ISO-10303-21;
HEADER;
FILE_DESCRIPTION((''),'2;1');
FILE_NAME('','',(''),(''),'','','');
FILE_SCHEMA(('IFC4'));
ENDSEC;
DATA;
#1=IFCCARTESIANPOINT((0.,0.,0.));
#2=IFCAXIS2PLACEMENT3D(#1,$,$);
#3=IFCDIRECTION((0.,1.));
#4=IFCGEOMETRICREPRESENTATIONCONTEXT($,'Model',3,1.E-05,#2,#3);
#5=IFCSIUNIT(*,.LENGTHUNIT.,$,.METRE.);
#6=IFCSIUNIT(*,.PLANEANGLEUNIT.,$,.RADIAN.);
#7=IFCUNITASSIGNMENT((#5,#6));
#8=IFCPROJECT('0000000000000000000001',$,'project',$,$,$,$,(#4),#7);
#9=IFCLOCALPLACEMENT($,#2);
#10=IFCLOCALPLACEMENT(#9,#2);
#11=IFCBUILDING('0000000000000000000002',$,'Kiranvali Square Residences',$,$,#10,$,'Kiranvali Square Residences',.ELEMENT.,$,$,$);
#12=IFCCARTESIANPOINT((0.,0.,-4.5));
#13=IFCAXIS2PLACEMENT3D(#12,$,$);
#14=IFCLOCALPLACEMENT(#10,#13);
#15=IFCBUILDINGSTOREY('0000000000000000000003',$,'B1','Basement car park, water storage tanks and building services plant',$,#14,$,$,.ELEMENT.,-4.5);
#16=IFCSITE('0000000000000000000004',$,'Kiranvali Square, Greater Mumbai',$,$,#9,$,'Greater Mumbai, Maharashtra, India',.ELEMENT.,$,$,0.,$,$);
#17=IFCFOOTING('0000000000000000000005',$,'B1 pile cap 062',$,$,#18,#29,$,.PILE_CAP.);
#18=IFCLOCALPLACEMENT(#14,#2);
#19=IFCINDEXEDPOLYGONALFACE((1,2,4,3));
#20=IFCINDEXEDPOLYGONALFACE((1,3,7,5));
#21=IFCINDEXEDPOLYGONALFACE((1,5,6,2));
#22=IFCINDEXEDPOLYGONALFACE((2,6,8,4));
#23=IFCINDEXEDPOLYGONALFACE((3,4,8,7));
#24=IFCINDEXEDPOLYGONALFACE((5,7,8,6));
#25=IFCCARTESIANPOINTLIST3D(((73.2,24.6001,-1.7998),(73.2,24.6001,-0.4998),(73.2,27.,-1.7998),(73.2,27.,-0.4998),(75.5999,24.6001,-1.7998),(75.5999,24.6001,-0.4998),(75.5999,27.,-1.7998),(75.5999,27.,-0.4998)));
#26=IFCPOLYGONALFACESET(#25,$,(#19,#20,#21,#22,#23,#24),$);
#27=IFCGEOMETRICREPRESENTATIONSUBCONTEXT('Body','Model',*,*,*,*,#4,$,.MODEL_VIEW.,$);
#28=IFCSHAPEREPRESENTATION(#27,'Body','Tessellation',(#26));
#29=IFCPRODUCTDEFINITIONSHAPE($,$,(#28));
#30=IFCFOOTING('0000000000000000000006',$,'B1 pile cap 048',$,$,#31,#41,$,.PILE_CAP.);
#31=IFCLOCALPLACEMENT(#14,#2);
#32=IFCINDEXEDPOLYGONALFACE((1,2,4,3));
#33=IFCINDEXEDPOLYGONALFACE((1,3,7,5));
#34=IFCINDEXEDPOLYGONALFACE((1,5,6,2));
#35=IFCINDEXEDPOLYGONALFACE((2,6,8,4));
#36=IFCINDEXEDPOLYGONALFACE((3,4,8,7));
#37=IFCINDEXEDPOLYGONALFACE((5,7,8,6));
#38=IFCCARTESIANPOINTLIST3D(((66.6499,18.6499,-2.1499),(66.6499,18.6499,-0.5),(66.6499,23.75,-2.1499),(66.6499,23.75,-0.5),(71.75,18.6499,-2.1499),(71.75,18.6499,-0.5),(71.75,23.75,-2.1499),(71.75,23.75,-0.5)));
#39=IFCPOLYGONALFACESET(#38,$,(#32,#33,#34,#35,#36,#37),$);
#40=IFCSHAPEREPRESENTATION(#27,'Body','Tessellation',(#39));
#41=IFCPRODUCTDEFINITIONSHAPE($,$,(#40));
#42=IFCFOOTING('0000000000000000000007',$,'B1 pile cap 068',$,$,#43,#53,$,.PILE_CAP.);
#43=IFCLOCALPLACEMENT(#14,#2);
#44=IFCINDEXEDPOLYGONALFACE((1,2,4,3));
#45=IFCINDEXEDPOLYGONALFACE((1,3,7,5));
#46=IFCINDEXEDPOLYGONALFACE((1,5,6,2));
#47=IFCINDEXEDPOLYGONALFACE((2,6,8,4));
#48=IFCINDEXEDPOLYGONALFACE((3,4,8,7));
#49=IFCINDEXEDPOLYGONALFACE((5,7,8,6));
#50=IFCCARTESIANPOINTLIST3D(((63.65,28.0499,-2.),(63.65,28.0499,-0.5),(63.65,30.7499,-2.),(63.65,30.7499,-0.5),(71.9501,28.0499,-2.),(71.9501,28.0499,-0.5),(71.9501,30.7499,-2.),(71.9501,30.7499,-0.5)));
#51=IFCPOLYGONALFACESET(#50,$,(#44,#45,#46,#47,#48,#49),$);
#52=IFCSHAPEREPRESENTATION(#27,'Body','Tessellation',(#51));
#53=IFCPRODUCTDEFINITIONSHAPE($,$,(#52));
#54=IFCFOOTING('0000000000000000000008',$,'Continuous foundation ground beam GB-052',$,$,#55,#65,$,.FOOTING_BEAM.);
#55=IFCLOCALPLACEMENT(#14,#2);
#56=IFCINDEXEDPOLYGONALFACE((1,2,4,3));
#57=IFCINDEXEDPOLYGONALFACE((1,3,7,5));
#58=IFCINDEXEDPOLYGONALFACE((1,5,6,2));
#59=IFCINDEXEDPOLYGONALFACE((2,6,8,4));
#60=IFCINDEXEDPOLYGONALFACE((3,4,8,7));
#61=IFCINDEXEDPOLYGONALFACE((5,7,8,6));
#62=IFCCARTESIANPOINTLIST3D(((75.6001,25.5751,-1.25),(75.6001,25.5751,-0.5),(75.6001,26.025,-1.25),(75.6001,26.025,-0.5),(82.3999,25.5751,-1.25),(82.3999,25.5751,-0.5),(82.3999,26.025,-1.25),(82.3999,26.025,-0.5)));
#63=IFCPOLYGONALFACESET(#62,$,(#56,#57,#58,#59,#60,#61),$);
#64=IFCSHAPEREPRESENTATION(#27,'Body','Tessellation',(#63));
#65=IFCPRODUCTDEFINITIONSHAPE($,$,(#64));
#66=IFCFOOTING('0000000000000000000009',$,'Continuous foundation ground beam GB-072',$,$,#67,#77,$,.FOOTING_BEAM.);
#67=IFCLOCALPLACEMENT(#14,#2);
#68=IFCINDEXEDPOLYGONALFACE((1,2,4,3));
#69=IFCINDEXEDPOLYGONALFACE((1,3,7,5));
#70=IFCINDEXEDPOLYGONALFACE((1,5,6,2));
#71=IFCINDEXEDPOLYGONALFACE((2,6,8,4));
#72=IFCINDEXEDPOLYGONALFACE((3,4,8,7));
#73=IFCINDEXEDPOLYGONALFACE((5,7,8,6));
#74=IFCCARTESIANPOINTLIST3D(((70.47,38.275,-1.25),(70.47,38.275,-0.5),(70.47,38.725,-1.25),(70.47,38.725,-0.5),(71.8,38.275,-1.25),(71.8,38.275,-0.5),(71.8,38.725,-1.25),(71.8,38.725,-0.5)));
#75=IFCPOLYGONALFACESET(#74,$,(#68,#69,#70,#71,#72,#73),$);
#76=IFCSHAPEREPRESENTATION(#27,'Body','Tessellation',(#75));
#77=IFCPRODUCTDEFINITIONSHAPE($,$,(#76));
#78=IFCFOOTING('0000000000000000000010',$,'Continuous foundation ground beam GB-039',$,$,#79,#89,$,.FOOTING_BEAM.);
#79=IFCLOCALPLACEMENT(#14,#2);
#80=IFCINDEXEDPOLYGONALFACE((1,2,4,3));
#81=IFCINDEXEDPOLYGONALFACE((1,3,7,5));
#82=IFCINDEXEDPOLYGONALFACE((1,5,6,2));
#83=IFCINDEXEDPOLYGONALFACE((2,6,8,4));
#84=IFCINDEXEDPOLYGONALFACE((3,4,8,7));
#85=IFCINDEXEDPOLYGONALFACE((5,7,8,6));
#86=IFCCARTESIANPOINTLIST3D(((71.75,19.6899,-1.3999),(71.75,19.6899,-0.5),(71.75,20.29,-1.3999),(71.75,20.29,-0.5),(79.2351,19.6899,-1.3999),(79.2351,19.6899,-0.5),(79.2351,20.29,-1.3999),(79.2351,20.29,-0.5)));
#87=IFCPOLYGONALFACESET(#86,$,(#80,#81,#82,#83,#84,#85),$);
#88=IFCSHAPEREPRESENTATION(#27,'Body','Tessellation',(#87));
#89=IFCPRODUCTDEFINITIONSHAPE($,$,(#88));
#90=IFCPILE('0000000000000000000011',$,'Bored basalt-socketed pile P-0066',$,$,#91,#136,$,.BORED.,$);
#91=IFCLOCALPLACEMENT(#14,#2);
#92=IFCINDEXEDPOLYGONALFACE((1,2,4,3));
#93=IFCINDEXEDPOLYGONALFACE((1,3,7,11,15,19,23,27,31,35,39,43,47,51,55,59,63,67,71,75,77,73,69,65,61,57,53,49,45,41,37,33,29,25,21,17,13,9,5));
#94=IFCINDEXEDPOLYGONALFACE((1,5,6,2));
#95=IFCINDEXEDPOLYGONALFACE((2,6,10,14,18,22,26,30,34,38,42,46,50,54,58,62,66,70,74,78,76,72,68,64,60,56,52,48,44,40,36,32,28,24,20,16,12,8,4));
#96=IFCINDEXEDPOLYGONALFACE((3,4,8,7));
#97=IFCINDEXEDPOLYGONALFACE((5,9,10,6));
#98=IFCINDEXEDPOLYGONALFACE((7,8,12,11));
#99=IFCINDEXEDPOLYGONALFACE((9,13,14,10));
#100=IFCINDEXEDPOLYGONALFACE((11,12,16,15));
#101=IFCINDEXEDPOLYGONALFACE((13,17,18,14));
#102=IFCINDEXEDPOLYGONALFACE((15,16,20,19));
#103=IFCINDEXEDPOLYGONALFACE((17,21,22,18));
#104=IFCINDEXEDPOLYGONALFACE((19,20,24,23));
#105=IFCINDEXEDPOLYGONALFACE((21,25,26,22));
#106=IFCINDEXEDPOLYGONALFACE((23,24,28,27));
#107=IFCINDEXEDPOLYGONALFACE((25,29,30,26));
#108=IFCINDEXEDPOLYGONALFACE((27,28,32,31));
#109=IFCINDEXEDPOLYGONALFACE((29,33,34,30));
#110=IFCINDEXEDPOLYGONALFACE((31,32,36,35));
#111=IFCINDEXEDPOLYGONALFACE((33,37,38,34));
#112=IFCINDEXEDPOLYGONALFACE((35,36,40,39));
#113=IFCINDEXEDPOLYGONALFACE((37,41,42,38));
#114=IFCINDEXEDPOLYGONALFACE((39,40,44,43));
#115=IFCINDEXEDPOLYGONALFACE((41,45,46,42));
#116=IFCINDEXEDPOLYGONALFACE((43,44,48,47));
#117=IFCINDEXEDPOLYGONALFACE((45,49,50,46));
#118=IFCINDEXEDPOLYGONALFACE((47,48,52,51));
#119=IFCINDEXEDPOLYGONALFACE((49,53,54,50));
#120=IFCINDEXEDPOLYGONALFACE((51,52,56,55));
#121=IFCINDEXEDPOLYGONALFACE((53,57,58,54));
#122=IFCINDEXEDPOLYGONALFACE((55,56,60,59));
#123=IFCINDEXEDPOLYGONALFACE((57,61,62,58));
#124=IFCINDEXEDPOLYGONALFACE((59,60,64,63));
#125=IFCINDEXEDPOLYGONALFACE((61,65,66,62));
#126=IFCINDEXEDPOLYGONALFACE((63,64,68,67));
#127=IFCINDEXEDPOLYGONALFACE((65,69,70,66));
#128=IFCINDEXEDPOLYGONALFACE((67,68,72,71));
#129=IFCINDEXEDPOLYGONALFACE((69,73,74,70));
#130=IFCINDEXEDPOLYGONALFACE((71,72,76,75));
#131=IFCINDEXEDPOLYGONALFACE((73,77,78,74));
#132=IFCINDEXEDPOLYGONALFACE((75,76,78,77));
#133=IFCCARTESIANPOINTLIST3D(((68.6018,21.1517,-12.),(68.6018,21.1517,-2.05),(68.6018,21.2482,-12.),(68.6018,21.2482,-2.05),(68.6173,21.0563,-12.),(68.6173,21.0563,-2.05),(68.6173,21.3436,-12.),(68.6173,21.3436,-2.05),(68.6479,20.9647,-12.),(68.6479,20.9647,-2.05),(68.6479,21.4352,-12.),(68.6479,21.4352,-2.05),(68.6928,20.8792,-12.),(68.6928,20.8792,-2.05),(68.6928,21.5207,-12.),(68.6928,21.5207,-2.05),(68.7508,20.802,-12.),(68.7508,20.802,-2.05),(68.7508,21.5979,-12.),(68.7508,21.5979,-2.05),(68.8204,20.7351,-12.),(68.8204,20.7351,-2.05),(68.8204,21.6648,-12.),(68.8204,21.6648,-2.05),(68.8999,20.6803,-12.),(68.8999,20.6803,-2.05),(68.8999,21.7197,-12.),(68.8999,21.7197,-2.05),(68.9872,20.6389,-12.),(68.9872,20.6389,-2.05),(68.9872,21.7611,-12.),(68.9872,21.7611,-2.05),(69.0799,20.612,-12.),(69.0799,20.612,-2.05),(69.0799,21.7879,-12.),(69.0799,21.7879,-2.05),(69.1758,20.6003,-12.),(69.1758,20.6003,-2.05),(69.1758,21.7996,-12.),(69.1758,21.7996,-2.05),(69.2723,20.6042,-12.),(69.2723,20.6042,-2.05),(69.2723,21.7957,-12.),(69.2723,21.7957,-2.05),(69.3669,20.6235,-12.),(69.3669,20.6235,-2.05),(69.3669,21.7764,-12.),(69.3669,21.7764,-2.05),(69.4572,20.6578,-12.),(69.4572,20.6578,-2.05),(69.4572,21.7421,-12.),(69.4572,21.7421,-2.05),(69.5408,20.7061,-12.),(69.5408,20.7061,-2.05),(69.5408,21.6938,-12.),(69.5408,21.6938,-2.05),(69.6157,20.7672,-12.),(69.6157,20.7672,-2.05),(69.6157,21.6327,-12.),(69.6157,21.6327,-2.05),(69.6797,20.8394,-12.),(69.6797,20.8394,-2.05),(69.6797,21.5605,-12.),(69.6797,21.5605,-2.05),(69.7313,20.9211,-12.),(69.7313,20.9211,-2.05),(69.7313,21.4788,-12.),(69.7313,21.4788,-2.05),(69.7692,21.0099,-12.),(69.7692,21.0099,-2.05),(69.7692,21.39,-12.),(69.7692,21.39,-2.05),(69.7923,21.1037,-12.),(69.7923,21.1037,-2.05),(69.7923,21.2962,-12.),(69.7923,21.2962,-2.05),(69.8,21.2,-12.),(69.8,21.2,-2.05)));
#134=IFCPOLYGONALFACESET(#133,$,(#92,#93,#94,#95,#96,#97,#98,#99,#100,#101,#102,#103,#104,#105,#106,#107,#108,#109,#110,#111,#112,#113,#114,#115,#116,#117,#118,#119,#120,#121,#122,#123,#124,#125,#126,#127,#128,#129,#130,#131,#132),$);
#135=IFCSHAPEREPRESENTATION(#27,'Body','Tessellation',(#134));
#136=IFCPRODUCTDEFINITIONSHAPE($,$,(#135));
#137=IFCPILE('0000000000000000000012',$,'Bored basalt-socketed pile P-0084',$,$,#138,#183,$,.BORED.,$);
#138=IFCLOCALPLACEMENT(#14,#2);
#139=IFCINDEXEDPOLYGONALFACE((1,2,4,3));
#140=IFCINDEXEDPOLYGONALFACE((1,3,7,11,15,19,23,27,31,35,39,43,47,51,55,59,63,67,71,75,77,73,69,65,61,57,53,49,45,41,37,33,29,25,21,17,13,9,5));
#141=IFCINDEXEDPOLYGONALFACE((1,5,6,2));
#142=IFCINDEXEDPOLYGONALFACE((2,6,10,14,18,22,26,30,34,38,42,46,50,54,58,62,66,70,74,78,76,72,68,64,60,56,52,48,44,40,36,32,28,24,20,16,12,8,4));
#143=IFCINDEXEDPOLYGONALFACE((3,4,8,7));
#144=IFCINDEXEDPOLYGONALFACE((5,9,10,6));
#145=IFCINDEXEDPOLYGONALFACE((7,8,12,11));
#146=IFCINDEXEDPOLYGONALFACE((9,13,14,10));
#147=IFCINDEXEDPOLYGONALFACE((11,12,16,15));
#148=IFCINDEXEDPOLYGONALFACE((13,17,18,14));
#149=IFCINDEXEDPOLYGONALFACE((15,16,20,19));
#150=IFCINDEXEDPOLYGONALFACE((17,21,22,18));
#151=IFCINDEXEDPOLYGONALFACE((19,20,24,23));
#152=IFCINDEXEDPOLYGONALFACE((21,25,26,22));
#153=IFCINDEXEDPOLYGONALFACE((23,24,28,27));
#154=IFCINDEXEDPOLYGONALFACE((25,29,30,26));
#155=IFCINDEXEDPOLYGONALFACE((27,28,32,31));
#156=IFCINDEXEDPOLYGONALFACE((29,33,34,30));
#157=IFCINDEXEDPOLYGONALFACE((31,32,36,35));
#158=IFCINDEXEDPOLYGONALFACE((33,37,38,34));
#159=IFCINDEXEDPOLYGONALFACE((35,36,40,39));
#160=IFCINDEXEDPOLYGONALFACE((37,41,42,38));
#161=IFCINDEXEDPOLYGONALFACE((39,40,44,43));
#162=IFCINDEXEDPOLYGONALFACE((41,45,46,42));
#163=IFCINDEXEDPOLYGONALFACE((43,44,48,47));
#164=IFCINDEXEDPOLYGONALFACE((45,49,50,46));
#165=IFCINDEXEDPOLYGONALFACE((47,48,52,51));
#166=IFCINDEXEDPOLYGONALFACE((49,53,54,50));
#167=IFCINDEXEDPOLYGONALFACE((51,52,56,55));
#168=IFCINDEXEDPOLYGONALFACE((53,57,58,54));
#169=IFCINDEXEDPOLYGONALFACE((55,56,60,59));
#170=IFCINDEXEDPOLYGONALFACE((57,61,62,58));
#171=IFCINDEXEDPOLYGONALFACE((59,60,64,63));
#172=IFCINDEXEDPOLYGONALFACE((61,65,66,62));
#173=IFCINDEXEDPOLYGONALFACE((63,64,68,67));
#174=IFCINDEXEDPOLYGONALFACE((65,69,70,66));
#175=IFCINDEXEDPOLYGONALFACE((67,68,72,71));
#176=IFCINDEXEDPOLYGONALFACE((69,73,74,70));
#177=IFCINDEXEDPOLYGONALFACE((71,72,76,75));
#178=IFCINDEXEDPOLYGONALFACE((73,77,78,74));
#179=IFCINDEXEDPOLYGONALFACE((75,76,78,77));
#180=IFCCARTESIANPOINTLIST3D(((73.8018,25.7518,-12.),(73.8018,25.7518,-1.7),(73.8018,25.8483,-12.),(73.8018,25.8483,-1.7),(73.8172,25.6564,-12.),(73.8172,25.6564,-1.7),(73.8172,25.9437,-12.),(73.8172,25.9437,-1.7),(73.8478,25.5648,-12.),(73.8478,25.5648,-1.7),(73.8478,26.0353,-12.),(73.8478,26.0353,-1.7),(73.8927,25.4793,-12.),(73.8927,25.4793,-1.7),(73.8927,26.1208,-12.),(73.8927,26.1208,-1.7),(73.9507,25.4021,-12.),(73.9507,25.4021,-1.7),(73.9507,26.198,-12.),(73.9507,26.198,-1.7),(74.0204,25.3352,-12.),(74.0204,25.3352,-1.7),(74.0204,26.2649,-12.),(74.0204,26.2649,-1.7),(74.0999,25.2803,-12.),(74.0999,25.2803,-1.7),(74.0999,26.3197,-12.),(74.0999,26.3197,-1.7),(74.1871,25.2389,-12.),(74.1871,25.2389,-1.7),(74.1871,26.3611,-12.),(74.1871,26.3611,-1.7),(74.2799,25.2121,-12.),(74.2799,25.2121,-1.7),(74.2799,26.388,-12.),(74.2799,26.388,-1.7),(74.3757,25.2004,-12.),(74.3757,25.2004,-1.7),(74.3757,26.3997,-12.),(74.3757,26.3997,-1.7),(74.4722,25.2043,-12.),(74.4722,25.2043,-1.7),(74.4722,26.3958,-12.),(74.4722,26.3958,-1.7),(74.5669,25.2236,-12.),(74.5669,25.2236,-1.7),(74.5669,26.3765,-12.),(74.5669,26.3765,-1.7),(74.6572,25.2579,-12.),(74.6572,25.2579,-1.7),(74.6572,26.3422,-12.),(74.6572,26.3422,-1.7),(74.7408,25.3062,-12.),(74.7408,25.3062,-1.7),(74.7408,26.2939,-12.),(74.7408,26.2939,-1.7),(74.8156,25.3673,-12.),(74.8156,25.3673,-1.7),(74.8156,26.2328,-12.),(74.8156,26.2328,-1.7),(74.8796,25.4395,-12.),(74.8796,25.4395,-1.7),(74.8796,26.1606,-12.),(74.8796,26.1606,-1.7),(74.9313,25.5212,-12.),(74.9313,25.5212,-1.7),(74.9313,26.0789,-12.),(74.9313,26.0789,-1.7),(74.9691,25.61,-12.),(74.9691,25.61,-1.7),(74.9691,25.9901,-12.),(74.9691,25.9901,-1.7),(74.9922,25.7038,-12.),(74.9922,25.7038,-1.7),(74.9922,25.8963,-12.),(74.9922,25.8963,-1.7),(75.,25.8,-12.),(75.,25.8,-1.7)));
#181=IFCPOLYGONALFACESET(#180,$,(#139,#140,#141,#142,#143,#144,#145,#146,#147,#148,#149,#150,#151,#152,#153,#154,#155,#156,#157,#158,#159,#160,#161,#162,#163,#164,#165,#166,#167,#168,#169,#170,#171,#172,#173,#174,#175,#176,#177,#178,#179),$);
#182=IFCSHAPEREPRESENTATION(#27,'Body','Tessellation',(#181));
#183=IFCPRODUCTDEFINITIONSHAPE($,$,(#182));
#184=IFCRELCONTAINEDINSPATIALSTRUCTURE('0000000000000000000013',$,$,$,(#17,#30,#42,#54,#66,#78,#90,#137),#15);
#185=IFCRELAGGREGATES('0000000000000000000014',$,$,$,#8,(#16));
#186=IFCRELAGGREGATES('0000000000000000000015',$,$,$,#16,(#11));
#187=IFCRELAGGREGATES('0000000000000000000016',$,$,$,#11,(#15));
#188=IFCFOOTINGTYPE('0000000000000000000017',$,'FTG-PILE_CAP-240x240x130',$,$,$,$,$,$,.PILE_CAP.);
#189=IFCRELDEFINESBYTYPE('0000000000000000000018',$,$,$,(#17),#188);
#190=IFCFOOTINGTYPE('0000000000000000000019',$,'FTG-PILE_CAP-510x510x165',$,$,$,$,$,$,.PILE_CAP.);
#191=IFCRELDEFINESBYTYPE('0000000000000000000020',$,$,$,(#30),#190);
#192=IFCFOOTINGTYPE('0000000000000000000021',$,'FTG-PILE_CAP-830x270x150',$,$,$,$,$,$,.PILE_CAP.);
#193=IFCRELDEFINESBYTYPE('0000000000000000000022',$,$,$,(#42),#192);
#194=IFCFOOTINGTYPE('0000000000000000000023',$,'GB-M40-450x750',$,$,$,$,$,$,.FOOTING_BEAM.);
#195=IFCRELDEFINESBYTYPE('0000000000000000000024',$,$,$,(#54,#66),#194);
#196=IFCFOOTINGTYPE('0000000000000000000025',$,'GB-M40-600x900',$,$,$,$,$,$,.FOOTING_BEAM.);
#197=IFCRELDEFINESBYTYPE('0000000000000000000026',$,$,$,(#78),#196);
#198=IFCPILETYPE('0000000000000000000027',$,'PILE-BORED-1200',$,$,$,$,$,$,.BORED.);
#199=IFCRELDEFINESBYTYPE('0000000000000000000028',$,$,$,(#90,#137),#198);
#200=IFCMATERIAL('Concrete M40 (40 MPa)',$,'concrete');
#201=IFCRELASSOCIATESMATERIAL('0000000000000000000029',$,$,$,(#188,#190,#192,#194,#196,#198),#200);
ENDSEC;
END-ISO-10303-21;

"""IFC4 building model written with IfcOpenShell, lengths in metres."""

from ifc_helpers import new_model, si_unit, direction, frame, origin, origin_2d, place, context, subcontext, project, spatial, rectangle, circle, extrude, material, material_profile, profile_set, type_object, element, save


model = new_model("IFC4")

# Units and contexts
model_context = context("Model", 3, precision=1e-05, world=origin(), true_north=direction((0.0, 1.0)))
body_context = subcontext(model_context, "Body", "Model", "MODEL_VIEW")
ifc_project = project(units=[si_unit("LENGTHUNIT", "METRE"), si_unit("PLANEANGLEUNIT", "RADIAN")], contexts=[model_context])

# Site, building, storey
site_placement = place(None, origin())
site = spatial("IfcSite", under=ifc_project, at=site_placement, Name="Kiranvali Square, Greater Mumbai", LongName="Greater Mumbai, Maharashtra, India", CompositionType="ELEMENT", RefElevation=0.0)
building_placement = place(site_placement, origin())
building = spatial("IfcBuilding", under=site, at=building_placement, Name="Kiranvali Square Residences", LongName="Kiranvali Square Residences", CompositionType="ELEMENT")
storey_placement = place(building_placement, frame((0.0, 0.0, -4.5)))
storey = spatial("IfcBuildingStorey", under=building, at=storey_placement, Name="B1", Description="Basement car park, water storage tanks and building services plant", CompositionType="ELEMENT", Elevation=-4.5)

# Footings
ifc_material_1 = material(Name="Concrete M40 (40 MPa)", Category="concrete")
footing_type_1 = type_object("IfcFootingType", Name="FTG-PILE_CAP-240x240x130", PredefinedType="PILE_CAP", material=ifc_material_1)
footing_1_placement = place(storey_placement, frame((74.3999, 25.8, -1.7998), z_axis=(0.0, 0.0, 1.0), x_axis=(1.0, 0.0, 0.0)))
element("IfcFooting", 1, at=footing_1_placement, inside=storey, type_object=footing_type_1, Name="B1 pile cap 062", PredefinedType="PILE_CAP", context=body_context, shape_type="SweptSolid", body=[
    extrude(rectangle(XDim=2.3999, YDim=2.3999, at=origin_2d()), origin(), (0.0, 0.0, 1.0), 1.3),
])
footing_type_2 = type_object("IfcFootingType", Name="FTG-PILE_CAP-510x510x165", PredefinedType="PILE_CAP", material=ifc_material_1)
footing_2_placement = place(storey_placement, frame((69.2, 21.2, -2.1499), z_axis=(0.0, 0.0, 1.0), x_axis=(1.0, 0.0, 0.0)))
element("IfcFooting", 2, at=footing_2_placement, inside=storey, type_object=footing_type_2, Name="B1 pile cap 048", PredefinedType="PILE_CAP", context=body_context, shape_type="SweptSolid", body=[
    extrude(rectangle(XDim=5.1001, YDim=5.1001, at=origin_2d()), origin(), (0.0, 0.0, 1.0), 1.6499),
])
footing_type_3 = type_object("IfcFootingType", Name="FTG-PILE_CAP-830x270x150", PredefinedType="PILE_CAP", material=ifc_material_1)
footing_3_placement = place(storey_placement, frame((67.8, 29.3999, -2.0), z_axis=(0.0, 0.0, 1.0), x_axis=(1.0, 0.0, 0.0)))
element("IfcFooting", 3, at=footing_3_placement, inside=storey, type_object=footing_type_3, Name="B1 pile cap 068", PredefinedType="PILE_CAP", context=body_context, shape_type="SweptSolid", body=[
    extrude(rectangle(XDim=8.3, YDim=2.7, at=origin_2d()), origin(), (0.0, 0.0, 1.0), 1.5),
])
ifc_material_profile_1 = material_profile(ifc_material_1, rectangle(XDim=0.45, YDim=0.75, at=origin_2d()), Name="GB 450x750")
ifc_profile_set_1 = profile_set([ifc_material_profile_1], Name="Concrete M40 (40 MPa)")
footing_type_4 = type_object("IfcFootingType", Name="GB-M40-450x750", PredefinedType="FOOTING_BEAM", material=ifc_profile_set_1)
footing_4_placement = place(storey_placement, frame((75.6001, 25.8, -0.875), z_axis=(1.0, 0.0, 0.0), x_axis=(0.0, 1.0, 0.0)))
element("IfcFooting", 4, at=footing_4_placement, inside=storey, type_object=footing_type_4, Name="Continuous foundation ground beam GB-052", PredefinedType="FOOTING_BEAM", context=body_context, shape_type="SweptSolid", body=[
    extrude(rectangle(XDim=0.45, YDim=0.75, at=origin_2d()), origin(), (0.0, 0.0, 1.0), 6.7998),
])
footing_5_placement = place(storey_placement, frame((70.47, 38.5, -0.875), z_axis=(1.0, 0.0, 0.0), x_axis=(0.0, 1.0, 0.0)))
element("IfcFooting", 5, at=footing_5_placement, inside=storey, type_object=footing_type_4, Name="Continuous foundation ground beam GB-072", PredefinedType="FOOTING_BEAM", context=body_context, shape_type="SweptSolid", body=[
    extrude(rectangle(XDim=0.45, YDim=0.75, at=origin_2d()), origin(), (0.0, 0.0, 1.0), 1.3301),
])
ifc_material_profile_2 = material_profile(ifc_material_1, rectangle(XDim=0.6001, YDim=0.8999, at=origin_2d()), Name="GB 600x900")
ifc_profile_set_2 = profile_set([ifc_material_profile_2], Name="Concrete M40 (40 MPa)")
footing_type_5 = type_object("IfcFootingType", Name="GB-M40-600x900", PredefinedType="FOOTING_BEAM", material=ifc_profile_set_2)
footing_6_placement = place(storey_placement, frame((71.75, 19.99, -0.95), z_axis=(1.0, 0.0, 0.0), x_axis=(0.0, 1.0, 0.0)))
element("IfcFooting", 6, at=footing_6_placement, inside=storey, type_object=footing_type_5, Name="Continuous foundation ground beam GB-039", PredefinedType="FOOTING_BEAM", context=body_context, shape_type="SweptSolid", body=[
    extrude(rectangle(XDim=0.6001, YDim=0.8999, at=origin_2d()), origin(), (0.0, 0.0, 1.0), 7.4851),
])

# Piles
ifc_material_profile_3 = material_profile(ifc_material_1, circle(Radius=0.6001, at=origin_2d()), Name="BORED PILE 1200")
ifc_profile_set_3 = profile_set([ifc_material_profile_3], Name="Concrete M40 (40 MPa)")
pile_type_1 = type_object("IfcPileType", Name="PILE-BORED-1200", PredefinedType="BORED", material=ifc_profile_set_3)
pile_1_placement = place(storey_placement, frame((69.2, 21.2, -2.05), z_axis=(0.0, 0.0, -1.0), x_axis=(1.0, 0.0, 0.0)))
element("IfcPile", 7, at=pile_1_placement, inside=storey, type_object=pile_type_1, Name="Bored basalt-socketed pile P-0066", PredefinedType="BORED", context=body_context, shape_type="SweptSolid", body=[
    extrude(circle(Radius=0.6001, at=origin_2d()), origin(), (0.0, 0.0, 1.0), 9.95),
])
pile_2_placement = place(storey_placement, frame((74.3999, 25.8, -1.7), z_axis=(0.0, 0.0, -1.0), x_axis=(1.0, 0.0, 0.0)))
element("IfcPile", 8, at=pile_2_placement, inside=storey, type_object=pile_type_1, Name="Bored basalt-socketed pile P-0084", PredefinedType="BORED", context=body_context, shape_type="SweptSolid", body=[
    extrude(circle(Radius=0.6001, at=origin_2d()), origin(), (0.0, 0.0, 1.0), 10.3),
])

save(model, "model.ifc")
